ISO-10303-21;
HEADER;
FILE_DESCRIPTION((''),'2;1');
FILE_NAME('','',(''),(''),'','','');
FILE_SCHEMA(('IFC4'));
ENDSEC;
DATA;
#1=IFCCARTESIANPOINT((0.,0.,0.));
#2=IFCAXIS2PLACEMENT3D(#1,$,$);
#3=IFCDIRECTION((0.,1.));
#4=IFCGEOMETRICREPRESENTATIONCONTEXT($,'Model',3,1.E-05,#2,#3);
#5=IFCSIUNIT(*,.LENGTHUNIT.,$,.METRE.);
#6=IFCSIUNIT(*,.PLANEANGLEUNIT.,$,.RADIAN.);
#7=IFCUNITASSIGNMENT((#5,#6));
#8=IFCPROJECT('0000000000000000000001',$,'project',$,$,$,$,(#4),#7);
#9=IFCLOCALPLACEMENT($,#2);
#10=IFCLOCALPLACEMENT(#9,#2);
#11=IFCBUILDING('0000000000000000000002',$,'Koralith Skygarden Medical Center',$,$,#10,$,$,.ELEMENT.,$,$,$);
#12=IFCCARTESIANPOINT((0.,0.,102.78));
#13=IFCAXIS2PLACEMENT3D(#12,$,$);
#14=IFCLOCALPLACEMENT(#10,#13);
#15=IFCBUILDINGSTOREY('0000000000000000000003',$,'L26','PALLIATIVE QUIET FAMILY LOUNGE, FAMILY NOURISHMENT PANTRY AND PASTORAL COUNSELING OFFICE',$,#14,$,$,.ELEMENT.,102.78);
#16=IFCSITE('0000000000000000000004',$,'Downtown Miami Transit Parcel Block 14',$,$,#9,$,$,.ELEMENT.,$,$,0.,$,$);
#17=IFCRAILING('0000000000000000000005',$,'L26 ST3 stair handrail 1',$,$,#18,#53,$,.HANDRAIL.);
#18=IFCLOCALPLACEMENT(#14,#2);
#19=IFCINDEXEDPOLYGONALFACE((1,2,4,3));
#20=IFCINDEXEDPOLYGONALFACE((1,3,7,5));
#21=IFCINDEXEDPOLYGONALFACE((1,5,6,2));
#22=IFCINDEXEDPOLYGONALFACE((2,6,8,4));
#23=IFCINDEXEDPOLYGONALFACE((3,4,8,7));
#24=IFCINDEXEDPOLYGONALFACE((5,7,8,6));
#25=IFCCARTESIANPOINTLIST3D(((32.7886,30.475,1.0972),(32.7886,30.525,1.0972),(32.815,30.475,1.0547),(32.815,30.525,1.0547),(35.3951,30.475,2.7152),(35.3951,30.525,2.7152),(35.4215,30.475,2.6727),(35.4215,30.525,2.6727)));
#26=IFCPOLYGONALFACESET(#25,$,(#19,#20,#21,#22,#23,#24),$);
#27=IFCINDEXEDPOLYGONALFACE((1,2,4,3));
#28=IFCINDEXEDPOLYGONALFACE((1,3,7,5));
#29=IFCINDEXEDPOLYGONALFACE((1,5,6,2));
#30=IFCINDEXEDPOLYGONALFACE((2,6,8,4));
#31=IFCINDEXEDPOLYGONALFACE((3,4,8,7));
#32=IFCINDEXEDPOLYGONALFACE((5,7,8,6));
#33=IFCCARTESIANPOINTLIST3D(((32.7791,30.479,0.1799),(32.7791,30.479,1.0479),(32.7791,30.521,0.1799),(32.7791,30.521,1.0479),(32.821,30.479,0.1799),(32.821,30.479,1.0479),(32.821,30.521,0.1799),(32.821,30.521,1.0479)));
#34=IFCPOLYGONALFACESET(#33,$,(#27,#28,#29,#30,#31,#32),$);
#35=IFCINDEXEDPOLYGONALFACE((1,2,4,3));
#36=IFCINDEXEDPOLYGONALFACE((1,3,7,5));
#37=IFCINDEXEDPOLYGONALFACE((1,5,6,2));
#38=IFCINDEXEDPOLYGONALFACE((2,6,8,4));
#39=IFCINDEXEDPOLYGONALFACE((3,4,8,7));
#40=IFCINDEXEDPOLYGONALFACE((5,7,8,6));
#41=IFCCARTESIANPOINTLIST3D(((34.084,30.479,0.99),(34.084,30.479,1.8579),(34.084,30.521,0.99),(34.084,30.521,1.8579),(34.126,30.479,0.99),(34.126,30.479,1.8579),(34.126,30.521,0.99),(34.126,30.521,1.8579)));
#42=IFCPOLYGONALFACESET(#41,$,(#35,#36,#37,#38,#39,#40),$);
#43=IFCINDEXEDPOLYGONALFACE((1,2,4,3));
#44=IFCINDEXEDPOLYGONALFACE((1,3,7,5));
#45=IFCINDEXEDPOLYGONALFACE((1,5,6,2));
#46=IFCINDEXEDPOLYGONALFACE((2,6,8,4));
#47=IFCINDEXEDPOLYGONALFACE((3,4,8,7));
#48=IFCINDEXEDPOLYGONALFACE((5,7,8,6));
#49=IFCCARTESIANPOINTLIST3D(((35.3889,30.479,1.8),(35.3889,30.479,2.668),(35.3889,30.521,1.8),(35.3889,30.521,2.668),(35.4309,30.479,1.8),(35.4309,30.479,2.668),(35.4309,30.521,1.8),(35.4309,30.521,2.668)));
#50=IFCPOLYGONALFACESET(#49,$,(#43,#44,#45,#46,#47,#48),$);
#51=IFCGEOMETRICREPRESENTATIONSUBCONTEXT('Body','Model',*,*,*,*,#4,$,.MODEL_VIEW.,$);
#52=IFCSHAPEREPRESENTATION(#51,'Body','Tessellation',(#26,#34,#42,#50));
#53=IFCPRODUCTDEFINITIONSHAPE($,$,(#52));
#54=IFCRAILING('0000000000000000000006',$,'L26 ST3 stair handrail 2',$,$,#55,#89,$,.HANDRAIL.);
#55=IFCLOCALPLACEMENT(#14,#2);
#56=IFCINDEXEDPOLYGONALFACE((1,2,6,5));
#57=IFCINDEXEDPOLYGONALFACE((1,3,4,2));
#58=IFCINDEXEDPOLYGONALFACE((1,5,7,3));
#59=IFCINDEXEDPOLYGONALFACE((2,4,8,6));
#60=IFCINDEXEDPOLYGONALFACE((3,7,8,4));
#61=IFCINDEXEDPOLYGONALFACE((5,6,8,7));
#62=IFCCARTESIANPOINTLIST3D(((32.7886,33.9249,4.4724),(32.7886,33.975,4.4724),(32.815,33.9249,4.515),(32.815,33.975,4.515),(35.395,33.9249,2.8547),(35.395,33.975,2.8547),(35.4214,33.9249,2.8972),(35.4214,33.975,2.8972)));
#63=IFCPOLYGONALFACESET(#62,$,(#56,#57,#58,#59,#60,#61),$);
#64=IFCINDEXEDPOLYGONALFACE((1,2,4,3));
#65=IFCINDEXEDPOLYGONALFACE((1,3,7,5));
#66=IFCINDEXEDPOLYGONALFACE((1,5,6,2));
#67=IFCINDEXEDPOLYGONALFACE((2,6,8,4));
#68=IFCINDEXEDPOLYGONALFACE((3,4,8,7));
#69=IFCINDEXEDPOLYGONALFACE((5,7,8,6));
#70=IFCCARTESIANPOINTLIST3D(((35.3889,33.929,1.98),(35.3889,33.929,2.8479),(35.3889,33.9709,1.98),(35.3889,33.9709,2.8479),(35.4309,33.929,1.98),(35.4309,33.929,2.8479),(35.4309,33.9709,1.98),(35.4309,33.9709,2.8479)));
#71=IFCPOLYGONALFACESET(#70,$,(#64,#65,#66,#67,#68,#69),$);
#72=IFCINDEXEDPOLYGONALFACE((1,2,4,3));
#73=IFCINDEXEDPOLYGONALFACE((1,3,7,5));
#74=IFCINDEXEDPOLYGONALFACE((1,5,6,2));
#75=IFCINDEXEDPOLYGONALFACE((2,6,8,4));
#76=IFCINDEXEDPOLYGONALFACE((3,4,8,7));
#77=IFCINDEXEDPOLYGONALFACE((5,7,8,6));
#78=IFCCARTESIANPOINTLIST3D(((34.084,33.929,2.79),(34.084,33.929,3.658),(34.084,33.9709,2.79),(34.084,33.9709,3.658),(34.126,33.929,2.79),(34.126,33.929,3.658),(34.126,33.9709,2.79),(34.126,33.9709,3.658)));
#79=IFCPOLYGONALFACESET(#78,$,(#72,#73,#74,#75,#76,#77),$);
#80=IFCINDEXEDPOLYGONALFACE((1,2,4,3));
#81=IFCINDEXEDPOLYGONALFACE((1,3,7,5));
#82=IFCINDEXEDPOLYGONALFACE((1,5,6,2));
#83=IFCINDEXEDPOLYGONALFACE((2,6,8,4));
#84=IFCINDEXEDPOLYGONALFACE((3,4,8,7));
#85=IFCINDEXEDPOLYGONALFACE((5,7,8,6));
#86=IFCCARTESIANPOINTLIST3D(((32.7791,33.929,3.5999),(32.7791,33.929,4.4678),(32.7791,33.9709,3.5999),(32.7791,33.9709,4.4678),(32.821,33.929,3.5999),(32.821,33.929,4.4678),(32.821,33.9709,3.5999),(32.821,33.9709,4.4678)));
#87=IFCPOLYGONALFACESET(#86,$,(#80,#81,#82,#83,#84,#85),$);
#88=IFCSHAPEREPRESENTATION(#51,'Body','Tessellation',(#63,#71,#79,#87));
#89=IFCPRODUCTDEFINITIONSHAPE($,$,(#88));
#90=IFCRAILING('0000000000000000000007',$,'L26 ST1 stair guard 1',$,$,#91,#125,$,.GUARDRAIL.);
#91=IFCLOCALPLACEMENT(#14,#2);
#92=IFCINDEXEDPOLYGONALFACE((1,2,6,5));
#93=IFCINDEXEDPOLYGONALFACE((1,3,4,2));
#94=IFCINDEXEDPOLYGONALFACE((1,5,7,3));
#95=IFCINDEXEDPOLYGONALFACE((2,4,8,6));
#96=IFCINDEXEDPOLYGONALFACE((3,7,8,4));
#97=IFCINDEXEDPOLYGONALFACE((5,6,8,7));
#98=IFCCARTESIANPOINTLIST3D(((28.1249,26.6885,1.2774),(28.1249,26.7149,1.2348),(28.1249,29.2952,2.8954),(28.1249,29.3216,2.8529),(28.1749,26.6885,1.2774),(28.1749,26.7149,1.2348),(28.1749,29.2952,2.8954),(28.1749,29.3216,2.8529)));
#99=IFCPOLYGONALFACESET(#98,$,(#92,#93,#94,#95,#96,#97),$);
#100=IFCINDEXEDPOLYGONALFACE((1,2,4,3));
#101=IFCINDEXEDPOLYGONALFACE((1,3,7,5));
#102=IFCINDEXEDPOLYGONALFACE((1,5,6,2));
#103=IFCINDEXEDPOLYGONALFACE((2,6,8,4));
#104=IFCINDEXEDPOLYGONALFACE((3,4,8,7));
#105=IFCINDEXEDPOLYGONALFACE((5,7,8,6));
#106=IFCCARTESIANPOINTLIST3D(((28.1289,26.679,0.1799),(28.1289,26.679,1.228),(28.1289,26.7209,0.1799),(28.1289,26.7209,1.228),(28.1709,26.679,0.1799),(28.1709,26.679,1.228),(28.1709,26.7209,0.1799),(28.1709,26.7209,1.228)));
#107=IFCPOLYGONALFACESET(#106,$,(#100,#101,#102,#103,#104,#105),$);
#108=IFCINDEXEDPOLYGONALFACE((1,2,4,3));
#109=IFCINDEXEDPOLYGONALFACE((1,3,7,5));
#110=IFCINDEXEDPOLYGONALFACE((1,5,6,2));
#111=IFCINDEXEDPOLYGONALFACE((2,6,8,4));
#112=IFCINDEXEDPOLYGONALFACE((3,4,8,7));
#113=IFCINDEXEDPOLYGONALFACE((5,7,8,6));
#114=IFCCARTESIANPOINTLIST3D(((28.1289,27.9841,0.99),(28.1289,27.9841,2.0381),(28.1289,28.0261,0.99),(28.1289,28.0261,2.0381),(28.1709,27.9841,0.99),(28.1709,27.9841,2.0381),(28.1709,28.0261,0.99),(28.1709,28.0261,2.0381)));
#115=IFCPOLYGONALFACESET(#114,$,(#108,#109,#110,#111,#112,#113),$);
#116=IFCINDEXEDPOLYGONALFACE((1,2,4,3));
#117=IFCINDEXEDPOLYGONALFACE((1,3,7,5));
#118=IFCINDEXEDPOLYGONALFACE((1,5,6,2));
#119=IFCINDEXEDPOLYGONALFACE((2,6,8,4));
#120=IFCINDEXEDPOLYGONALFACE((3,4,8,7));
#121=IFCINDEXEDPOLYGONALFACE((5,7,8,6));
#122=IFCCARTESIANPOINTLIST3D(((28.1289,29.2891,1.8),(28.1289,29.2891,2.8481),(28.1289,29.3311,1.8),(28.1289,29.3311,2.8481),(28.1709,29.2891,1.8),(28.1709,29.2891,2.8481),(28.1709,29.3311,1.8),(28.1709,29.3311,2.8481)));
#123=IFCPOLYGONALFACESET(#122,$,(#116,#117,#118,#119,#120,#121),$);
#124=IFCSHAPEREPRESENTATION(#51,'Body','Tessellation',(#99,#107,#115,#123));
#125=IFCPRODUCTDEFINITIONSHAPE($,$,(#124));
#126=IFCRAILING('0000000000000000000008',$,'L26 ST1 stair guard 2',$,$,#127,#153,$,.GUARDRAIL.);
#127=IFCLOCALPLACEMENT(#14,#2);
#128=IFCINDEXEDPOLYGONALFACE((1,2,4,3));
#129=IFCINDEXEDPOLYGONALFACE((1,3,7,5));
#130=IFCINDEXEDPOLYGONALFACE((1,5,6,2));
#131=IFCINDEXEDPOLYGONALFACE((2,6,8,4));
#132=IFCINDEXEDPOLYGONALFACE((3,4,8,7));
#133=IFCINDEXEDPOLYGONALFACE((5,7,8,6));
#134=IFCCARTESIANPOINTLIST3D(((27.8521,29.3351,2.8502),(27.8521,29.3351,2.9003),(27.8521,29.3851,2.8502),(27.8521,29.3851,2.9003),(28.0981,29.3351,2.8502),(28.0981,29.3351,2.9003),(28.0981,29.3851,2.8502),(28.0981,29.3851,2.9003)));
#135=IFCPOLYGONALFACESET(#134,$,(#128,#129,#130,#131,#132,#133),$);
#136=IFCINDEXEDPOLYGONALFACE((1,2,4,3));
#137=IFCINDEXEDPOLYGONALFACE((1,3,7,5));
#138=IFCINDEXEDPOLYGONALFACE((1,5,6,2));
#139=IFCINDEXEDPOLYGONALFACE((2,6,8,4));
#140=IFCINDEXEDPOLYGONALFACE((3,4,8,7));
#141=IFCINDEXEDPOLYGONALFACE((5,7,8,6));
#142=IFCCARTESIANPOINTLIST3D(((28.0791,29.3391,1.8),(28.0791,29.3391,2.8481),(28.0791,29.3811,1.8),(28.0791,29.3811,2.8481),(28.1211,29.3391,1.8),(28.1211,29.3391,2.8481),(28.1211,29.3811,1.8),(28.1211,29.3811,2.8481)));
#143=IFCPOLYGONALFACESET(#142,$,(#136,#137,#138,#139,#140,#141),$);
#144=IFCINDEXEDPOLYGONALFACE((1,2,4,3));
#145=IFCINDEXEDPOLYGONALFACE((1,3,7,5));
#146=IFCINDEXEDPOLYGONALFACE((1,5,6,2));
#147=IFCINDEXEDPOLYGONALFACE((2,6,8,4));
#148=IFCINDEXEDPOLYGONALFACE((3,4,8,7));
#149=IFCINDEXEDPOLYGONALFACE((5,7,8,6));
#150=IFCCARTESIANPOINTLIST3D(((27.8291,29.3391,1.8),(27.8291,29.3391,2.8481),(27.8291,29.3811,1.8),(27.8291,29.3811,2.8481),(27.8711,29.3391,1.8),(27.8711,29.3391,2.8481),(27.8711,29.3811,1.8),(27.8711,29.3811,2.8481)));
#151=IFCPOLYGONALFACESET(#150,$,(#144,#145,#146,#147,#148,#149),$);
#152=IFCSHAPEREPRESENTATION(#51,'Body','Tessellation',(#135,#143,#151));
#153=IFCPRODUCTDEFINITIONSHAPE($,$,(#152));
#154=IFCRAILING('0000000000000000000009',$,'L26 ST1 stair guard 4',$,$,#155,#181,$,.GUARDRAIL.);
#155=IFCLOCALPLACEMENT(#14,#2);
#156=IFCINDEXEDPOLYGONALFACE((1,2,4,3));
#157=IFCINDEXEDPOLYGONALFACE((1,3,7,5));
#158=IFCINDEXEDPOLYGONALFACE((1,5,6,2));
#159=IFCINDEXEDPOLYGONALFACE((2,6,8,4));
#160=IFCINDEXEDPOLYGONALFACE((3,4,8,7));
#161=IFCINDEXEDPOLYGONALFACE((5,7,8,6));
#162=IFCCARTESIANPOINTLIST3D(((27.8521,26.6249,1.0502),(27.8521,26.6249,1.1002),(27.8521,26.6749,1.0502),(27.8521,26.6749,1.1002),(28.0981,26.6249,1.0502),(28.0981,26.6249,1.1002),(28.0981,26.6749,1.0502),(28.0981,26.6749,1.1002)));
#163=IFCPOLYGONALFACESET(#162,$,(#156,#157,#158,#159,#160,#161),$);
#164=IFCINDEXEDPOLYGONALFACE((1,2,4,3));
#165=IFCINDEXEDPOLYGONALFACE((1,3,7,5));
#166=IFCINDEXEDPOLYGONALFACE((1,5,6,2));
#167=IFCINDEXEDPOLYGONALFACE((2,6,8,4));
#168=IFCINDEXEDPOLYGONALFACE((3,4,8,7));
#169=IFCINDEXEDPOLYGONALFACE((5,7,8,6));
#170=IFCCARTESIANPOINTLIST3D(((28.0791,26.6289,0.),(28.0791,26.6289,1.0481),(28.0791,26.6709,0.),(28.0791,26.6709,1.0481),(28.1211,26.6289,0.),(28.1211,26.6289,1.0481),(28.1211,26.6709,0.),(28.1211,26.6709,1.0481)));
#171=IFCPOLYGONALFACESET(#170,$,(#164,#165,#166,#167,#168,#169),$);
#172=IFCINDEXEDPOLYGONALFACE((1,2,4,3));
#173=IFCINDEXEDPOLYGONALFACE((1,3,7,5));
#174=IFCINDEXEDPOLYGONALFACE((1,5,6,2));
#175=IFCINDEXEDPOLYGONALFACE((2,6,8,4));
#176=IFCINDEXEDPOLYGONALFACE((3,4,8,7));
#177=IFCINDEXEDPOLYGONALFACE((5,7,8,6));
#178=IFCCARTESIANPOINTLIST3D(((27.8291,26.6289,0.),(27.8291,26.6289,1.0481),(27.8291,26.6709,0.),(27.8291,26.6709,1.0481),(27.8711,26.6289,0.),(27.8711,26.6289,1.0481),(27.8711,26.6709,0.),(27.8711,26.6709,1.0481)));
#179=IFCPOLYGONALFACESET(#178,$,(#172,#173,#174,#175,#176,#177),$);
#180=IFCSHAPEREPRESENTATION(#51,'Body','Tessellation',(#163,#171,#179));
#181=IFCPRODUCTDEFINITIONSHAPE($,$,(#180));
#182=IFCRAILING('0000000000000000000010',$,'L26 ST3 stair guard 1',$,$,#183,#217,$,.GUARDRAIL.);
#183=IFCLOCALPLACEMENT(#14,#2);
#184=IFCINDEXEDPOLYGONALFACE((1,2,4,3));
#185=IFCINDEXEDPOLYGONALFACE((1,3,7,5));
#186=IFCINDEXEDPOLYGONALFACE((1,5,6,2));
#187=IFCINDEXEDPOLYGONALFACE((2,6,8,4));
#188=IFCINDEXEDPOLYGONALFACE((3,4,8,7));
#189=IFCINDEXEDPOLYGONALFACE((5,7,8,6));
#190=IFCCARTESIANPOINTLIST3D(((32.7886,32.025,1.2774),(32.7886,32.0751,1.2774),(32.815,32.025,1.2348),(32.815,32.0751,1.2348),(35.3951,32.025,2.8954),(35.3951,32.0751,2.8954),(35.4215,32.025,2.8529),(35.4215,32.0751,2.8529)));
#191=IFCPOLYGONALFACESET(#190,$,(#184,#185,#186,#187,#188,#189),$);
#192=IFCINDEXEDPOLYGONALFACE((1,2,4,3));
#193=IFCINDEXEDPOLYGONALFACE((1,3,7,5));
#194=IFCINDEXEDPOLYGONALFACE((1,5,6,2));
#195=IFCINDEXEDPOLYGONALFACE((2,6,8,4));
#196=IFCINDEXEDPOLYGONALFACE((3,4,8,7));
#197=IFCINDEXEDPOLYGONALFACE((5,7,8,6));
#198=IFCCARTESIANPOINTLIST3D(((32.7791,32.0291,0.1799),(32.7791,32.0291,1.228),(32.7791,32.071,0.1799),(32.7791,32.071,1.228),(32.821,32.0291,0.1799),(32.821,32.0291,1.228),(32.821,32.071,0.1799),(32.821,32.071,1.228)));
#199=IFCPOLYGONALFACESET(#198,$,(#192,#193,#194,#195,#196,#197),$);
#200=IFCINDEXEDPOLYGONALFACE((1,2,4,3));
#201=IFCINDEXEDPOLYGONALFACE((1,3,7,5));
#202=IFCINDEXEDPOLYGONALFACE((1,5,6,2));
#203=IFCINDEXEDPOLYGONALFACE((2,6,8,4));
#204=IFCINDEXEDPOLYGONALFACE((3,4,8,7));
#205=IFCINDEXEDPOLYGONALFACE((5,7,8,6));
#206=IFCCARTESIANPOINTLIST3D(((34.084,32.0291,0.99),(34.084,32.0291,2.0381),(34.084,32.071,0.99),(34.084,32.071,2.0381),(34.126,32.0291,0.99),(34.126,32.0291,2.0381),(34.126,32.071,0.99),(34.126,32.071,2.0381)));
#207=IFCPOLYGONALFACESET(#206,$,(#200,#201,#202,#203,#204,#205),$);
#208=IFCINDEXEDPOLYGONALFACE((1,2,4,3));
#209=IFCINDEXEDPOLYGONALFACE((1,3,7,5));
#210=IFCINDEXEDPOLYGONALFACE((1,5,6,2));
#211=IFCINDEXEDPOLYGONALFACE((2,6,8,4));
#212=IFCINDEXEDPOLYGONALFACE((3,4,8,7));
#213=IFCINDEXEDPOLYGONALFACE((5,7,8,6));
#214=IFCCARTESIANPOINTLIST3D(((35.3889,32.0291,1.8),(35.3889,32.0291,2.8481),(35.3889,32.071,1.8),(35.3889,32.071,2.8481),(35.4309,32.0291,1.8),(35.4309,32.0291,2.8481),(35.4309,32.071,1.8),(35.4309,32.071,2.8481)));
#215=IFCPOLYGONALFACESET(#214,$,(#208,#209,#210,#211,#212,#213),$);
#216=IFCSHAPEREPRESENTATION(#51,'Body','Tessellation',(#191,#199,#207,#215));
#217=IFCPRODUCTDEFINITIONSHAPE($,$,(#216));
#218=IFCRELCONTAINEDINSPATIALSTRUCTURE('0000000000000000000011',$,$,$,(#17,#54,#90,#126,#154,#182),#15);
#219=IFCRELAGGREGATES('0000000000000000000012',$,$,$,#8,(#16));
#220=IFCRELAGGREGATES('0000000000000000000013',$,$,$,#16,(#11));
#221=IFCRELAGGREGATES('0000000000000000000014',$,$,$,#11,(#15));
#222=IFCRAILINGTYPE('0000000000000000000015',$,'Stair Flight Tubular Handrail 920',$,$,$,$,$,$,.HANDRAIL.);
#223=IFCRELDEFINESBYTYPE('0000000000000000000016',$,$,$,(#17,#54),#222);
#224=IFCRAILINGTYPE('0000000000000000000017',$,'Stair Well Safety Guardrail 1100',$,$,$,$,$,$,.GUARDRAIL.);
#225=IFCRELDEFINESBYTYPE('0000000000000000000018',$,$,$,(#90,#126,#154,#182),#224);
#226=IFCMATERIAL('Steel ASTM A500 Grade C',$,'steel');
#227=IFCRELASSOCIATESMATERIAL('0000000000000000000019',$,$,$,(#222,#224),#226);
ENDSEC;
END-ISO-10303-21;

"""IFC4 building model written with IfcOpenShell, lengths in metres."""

from ifc_helpers import new_model, si_unit, direction, frame, origin, origin_2d, place, context, subcontext, project, spatial, rectangle, extrude, material, type_object, element, save


model = new_model("IFC4")

# Units and contexts
model_context = context("Model", 3, precision=1e-05, world=origin(), true_north=direction((0.0, 1.0)))
body_context = subcontext(model_context, "Body", "Model", "MODEL_VIEW")
ifc_project = project(units=[si_unit("LENGTHUNIT", "METRE"), si_unit("PLANEANGLEUNIT", "RADIAN")], contexts=[model_context])

# Site, building, storey
site_placement = place(None, origin())
site = spatial("IfcSite", under=ifc_project, at=site_placement, Name="Downtown Miami Transit Parcel Block 14", CompositionType="ELEMENT", RefElevation=0.0)
building_placement = place(site_placement, origin())
building = spatial("IfcBuilding", under=site, at=building_placement, Name="Koralith Skygarden Medical Center", CompositionType="ELEMENT")
storey_placement = place(building_placement, frame((0.0, 0.0, 102.78)))
storey = spatial("IfcBuildingStorey", under=building, at=storey_placement, Name="L26", Description="PALLIATIVE QUIET FAMILY LOUNGE, FAMILY NOURISHMENT PANTRY AND PASTORAL COUNSELING OFFICE", CompositionType="ELEMENT", Elevation=102.78)

# Railings
ifc_material_1 = material(Name="Steel ASTM A500 Grade C", Category="steel")
railing_type_1 = type_object("IfcRailingType", Name="Stair Flight Tubular Handrail 920", PredefinedType="HANDRAIL", material=ifc_material_1)
railing_1_placement = place(storey_placement, frame((32.8, 30.5, 0.1799)))
element("IfcRailing", 1, at=railing_1_placement, inside=storey, type_object=railing_type_1, Name="L26 ST3 stair handrail 1", PredefinedType="HANDRAIL", context=body_context, shape_type="SweptSolid", body=[
    extrude(rectangle(XDim=0.05, YDim=0.05, at=origin_2d()), frame((0.0017, 0.0, 0.896), z_axis=(0.849611, 0.0, 0.52741), x_axis=(0.0, 1.0, 0.0)), (0.0, 0.0, 1.0), 3.0679),
    extrude(rectangle(XDim=0.042, YDim=0.042, at=origin_2d()), origin(), (0.0, 0.0, 1.0), 0.8679),
    extrude(rectangle(XDim=0.042, YDim=0.042, at=origin_2d()), frame((1.3049, 0.0, 0.8101)), (0.0, 0.0, 1.0), 0.8679),
    extrude(rectangle(XDim=0.042, YDim=0.042, at=origin_2d()), frame((2.6099, 0.0, 1.6201)), (0.0, 0.0, 1.0), 0.8679),
])
railing_2_placement = place(storey_placement, frame((35.4099, 33.95, 1.98)))
element("IfcRailing", 2, at=railing_2_placement, inside=storey, type_object=railing_type_1, Name="L26 ST3 stair handrail 2", PredefinedType="HANDRAIL", context=body_context, shape_type="SweptSolid", body=[
    extrude(rectangle(XDim=0.05, YDim=0.05, at=origin_2d()), frame((-0.0017, 0.0, 0.896), z_axis=(-0.849646, 0.0, 0.527353), x_axis=(0.0, -1.0, 0.0)), (0.0, 0.0, 1.0), 3.0676),
    extrude(rectangle(XDim=0.042, YDim=0.042, at=origin_2d()), origin(), (0.0, 0.0, 1.0), 0.8679),
    extrude(rectangle(XDim=0.042, YDim=0.042, at=origin_2d()), frame((-1.3049, 0.0, 0.8101)), (0.0, 0.0, 1.0), 0.8679),
    extrude(rectangle(XDim=0.042, YDim=0.042, at=origin_2d()), frame((-2.6099, 0.0, 1.6199)), (0.0, 0.0, 1.0), 0.8679),
])
railing_type_2 = type_object("IfcRailingType", Name="Stair Well Safety Guardrail 1100", PredefinedType="GUARDRAIL", material=ifc_material_1)
railing_3_placement = place(storey_placement, frame((28.1499, 26.7, 0.1799)))
element("IfcRailing", 3, at=railing_3_placement, inside=storey, type_object=railing_type_2, Name="L26 ST1 stair guard 1", PredefinedType="GUARDRAIL", context=body_context, shape_type="SweptSolid", body=[
    extrude(rectangle(XDim=0.05, YDim=0.05, at=origin_2d()), frame((0.0, 0.0017, 1.0762), z_axis=(0.0, 0.849633, 0.527375), x_axis=(-1.0, 0.0, 0.0)), (0.0, 0.0, 1.0), 3.0681),
    extrude(rectangle(XDim=0.042, YDim=0.042, at=origin_2d()), origin(), (0.0, 0.0, 1.0), 1.0481),
    extrude(rectangle(XDim=0.042, YDim=0.042, at=origin_2d()), frame((0.0, 1.3052, 0.8101)), (0.0, 0.0, 1.0), 1.0481),
    extrude(rectangle(XDim=0.042, YDim=0.042, at=origin_2d()), frame((0.0, 2.6101, 1.6201)), (0.0, 0.0, 1.0), 1.0481),
])
for number, where, name in (
    (4, (28.1001, 29.3601, 1.8), "L26 ST1 stair guard 2"),
    (5, (28.1001, 26.6499, 0.0), "L26 ST1 stair guard 4"),
):
    element("IfcRailing", number, at=place(storey_placement, frame(where)), inside=storey, type_object=railing_type_2, Name=name, PredefinedType="GUARDRAIL", context=body_context, shape_type="SweptSolid", body=[
        extrude(rectangle(XDim=0.05, YDim=0.05, at=origin_2d()), frame((-0.002, 0.0, 1.0752), z_axis=(-1.0, 0.0, 0.0), x_axis=(0.0, -1.0, 0.0)), (0.0, 0.0, 1.0), 0.2461),
        extrude(rectangle(XDim=0.042, YDim=0.042, at=origin_2d()), origin(), (0.0, 0.0, 1.0), 1.0481),
        extrude(rectangle(XDim=0.042, YDim=0.042, at=origin_2d()), frame((-0.25, 0.0, 0.0)), (0.0, 0.0, 1.0), 1.0481),
    ])
railing_4_placement = place(storey_placement, frame((32.8, 32.05, 0.1799)))
element("IfcRailing", 6, at=railing_4_placement, inside=storey, type_object=railing_type_2, Name="L26 ST3 stair guard 1", PredefinedType="GUARDRAIL", context=body_context, shape_type="SweptSolid", body=[
    extrude(rectangle(XDim=0.05, YDim=0.05, at=origin_2d()), frame((0.0017, 0.0, 1.0762), z_axis=(0.849611, 0.0, 0.52741), x_axis=(0.0, 1.0, 0.0)), (0.0, 0.0, 1.0), 3.0679),
    extrude(rectangle(XDim=0.042, YDim=0.042, at=origin_2d()), origin(), (0.0, 0.0, 1.0), 1.0481),
    extrude(rectangle(XDim=0.042, YDim=0.042, at=origin_2d()), frame((1.3049, 0.0, 0.8101)), (0.0, 0.0, 1.0), 1.0481),
    extrude(rectangle(XDim=0.042, YDim=0.042, at=origin_2d()), frame((2.6099, 0.0, 1.6201)), (0.0, 0.0, 1.0), 1.0481),
])

save(model, "model.ifc")
